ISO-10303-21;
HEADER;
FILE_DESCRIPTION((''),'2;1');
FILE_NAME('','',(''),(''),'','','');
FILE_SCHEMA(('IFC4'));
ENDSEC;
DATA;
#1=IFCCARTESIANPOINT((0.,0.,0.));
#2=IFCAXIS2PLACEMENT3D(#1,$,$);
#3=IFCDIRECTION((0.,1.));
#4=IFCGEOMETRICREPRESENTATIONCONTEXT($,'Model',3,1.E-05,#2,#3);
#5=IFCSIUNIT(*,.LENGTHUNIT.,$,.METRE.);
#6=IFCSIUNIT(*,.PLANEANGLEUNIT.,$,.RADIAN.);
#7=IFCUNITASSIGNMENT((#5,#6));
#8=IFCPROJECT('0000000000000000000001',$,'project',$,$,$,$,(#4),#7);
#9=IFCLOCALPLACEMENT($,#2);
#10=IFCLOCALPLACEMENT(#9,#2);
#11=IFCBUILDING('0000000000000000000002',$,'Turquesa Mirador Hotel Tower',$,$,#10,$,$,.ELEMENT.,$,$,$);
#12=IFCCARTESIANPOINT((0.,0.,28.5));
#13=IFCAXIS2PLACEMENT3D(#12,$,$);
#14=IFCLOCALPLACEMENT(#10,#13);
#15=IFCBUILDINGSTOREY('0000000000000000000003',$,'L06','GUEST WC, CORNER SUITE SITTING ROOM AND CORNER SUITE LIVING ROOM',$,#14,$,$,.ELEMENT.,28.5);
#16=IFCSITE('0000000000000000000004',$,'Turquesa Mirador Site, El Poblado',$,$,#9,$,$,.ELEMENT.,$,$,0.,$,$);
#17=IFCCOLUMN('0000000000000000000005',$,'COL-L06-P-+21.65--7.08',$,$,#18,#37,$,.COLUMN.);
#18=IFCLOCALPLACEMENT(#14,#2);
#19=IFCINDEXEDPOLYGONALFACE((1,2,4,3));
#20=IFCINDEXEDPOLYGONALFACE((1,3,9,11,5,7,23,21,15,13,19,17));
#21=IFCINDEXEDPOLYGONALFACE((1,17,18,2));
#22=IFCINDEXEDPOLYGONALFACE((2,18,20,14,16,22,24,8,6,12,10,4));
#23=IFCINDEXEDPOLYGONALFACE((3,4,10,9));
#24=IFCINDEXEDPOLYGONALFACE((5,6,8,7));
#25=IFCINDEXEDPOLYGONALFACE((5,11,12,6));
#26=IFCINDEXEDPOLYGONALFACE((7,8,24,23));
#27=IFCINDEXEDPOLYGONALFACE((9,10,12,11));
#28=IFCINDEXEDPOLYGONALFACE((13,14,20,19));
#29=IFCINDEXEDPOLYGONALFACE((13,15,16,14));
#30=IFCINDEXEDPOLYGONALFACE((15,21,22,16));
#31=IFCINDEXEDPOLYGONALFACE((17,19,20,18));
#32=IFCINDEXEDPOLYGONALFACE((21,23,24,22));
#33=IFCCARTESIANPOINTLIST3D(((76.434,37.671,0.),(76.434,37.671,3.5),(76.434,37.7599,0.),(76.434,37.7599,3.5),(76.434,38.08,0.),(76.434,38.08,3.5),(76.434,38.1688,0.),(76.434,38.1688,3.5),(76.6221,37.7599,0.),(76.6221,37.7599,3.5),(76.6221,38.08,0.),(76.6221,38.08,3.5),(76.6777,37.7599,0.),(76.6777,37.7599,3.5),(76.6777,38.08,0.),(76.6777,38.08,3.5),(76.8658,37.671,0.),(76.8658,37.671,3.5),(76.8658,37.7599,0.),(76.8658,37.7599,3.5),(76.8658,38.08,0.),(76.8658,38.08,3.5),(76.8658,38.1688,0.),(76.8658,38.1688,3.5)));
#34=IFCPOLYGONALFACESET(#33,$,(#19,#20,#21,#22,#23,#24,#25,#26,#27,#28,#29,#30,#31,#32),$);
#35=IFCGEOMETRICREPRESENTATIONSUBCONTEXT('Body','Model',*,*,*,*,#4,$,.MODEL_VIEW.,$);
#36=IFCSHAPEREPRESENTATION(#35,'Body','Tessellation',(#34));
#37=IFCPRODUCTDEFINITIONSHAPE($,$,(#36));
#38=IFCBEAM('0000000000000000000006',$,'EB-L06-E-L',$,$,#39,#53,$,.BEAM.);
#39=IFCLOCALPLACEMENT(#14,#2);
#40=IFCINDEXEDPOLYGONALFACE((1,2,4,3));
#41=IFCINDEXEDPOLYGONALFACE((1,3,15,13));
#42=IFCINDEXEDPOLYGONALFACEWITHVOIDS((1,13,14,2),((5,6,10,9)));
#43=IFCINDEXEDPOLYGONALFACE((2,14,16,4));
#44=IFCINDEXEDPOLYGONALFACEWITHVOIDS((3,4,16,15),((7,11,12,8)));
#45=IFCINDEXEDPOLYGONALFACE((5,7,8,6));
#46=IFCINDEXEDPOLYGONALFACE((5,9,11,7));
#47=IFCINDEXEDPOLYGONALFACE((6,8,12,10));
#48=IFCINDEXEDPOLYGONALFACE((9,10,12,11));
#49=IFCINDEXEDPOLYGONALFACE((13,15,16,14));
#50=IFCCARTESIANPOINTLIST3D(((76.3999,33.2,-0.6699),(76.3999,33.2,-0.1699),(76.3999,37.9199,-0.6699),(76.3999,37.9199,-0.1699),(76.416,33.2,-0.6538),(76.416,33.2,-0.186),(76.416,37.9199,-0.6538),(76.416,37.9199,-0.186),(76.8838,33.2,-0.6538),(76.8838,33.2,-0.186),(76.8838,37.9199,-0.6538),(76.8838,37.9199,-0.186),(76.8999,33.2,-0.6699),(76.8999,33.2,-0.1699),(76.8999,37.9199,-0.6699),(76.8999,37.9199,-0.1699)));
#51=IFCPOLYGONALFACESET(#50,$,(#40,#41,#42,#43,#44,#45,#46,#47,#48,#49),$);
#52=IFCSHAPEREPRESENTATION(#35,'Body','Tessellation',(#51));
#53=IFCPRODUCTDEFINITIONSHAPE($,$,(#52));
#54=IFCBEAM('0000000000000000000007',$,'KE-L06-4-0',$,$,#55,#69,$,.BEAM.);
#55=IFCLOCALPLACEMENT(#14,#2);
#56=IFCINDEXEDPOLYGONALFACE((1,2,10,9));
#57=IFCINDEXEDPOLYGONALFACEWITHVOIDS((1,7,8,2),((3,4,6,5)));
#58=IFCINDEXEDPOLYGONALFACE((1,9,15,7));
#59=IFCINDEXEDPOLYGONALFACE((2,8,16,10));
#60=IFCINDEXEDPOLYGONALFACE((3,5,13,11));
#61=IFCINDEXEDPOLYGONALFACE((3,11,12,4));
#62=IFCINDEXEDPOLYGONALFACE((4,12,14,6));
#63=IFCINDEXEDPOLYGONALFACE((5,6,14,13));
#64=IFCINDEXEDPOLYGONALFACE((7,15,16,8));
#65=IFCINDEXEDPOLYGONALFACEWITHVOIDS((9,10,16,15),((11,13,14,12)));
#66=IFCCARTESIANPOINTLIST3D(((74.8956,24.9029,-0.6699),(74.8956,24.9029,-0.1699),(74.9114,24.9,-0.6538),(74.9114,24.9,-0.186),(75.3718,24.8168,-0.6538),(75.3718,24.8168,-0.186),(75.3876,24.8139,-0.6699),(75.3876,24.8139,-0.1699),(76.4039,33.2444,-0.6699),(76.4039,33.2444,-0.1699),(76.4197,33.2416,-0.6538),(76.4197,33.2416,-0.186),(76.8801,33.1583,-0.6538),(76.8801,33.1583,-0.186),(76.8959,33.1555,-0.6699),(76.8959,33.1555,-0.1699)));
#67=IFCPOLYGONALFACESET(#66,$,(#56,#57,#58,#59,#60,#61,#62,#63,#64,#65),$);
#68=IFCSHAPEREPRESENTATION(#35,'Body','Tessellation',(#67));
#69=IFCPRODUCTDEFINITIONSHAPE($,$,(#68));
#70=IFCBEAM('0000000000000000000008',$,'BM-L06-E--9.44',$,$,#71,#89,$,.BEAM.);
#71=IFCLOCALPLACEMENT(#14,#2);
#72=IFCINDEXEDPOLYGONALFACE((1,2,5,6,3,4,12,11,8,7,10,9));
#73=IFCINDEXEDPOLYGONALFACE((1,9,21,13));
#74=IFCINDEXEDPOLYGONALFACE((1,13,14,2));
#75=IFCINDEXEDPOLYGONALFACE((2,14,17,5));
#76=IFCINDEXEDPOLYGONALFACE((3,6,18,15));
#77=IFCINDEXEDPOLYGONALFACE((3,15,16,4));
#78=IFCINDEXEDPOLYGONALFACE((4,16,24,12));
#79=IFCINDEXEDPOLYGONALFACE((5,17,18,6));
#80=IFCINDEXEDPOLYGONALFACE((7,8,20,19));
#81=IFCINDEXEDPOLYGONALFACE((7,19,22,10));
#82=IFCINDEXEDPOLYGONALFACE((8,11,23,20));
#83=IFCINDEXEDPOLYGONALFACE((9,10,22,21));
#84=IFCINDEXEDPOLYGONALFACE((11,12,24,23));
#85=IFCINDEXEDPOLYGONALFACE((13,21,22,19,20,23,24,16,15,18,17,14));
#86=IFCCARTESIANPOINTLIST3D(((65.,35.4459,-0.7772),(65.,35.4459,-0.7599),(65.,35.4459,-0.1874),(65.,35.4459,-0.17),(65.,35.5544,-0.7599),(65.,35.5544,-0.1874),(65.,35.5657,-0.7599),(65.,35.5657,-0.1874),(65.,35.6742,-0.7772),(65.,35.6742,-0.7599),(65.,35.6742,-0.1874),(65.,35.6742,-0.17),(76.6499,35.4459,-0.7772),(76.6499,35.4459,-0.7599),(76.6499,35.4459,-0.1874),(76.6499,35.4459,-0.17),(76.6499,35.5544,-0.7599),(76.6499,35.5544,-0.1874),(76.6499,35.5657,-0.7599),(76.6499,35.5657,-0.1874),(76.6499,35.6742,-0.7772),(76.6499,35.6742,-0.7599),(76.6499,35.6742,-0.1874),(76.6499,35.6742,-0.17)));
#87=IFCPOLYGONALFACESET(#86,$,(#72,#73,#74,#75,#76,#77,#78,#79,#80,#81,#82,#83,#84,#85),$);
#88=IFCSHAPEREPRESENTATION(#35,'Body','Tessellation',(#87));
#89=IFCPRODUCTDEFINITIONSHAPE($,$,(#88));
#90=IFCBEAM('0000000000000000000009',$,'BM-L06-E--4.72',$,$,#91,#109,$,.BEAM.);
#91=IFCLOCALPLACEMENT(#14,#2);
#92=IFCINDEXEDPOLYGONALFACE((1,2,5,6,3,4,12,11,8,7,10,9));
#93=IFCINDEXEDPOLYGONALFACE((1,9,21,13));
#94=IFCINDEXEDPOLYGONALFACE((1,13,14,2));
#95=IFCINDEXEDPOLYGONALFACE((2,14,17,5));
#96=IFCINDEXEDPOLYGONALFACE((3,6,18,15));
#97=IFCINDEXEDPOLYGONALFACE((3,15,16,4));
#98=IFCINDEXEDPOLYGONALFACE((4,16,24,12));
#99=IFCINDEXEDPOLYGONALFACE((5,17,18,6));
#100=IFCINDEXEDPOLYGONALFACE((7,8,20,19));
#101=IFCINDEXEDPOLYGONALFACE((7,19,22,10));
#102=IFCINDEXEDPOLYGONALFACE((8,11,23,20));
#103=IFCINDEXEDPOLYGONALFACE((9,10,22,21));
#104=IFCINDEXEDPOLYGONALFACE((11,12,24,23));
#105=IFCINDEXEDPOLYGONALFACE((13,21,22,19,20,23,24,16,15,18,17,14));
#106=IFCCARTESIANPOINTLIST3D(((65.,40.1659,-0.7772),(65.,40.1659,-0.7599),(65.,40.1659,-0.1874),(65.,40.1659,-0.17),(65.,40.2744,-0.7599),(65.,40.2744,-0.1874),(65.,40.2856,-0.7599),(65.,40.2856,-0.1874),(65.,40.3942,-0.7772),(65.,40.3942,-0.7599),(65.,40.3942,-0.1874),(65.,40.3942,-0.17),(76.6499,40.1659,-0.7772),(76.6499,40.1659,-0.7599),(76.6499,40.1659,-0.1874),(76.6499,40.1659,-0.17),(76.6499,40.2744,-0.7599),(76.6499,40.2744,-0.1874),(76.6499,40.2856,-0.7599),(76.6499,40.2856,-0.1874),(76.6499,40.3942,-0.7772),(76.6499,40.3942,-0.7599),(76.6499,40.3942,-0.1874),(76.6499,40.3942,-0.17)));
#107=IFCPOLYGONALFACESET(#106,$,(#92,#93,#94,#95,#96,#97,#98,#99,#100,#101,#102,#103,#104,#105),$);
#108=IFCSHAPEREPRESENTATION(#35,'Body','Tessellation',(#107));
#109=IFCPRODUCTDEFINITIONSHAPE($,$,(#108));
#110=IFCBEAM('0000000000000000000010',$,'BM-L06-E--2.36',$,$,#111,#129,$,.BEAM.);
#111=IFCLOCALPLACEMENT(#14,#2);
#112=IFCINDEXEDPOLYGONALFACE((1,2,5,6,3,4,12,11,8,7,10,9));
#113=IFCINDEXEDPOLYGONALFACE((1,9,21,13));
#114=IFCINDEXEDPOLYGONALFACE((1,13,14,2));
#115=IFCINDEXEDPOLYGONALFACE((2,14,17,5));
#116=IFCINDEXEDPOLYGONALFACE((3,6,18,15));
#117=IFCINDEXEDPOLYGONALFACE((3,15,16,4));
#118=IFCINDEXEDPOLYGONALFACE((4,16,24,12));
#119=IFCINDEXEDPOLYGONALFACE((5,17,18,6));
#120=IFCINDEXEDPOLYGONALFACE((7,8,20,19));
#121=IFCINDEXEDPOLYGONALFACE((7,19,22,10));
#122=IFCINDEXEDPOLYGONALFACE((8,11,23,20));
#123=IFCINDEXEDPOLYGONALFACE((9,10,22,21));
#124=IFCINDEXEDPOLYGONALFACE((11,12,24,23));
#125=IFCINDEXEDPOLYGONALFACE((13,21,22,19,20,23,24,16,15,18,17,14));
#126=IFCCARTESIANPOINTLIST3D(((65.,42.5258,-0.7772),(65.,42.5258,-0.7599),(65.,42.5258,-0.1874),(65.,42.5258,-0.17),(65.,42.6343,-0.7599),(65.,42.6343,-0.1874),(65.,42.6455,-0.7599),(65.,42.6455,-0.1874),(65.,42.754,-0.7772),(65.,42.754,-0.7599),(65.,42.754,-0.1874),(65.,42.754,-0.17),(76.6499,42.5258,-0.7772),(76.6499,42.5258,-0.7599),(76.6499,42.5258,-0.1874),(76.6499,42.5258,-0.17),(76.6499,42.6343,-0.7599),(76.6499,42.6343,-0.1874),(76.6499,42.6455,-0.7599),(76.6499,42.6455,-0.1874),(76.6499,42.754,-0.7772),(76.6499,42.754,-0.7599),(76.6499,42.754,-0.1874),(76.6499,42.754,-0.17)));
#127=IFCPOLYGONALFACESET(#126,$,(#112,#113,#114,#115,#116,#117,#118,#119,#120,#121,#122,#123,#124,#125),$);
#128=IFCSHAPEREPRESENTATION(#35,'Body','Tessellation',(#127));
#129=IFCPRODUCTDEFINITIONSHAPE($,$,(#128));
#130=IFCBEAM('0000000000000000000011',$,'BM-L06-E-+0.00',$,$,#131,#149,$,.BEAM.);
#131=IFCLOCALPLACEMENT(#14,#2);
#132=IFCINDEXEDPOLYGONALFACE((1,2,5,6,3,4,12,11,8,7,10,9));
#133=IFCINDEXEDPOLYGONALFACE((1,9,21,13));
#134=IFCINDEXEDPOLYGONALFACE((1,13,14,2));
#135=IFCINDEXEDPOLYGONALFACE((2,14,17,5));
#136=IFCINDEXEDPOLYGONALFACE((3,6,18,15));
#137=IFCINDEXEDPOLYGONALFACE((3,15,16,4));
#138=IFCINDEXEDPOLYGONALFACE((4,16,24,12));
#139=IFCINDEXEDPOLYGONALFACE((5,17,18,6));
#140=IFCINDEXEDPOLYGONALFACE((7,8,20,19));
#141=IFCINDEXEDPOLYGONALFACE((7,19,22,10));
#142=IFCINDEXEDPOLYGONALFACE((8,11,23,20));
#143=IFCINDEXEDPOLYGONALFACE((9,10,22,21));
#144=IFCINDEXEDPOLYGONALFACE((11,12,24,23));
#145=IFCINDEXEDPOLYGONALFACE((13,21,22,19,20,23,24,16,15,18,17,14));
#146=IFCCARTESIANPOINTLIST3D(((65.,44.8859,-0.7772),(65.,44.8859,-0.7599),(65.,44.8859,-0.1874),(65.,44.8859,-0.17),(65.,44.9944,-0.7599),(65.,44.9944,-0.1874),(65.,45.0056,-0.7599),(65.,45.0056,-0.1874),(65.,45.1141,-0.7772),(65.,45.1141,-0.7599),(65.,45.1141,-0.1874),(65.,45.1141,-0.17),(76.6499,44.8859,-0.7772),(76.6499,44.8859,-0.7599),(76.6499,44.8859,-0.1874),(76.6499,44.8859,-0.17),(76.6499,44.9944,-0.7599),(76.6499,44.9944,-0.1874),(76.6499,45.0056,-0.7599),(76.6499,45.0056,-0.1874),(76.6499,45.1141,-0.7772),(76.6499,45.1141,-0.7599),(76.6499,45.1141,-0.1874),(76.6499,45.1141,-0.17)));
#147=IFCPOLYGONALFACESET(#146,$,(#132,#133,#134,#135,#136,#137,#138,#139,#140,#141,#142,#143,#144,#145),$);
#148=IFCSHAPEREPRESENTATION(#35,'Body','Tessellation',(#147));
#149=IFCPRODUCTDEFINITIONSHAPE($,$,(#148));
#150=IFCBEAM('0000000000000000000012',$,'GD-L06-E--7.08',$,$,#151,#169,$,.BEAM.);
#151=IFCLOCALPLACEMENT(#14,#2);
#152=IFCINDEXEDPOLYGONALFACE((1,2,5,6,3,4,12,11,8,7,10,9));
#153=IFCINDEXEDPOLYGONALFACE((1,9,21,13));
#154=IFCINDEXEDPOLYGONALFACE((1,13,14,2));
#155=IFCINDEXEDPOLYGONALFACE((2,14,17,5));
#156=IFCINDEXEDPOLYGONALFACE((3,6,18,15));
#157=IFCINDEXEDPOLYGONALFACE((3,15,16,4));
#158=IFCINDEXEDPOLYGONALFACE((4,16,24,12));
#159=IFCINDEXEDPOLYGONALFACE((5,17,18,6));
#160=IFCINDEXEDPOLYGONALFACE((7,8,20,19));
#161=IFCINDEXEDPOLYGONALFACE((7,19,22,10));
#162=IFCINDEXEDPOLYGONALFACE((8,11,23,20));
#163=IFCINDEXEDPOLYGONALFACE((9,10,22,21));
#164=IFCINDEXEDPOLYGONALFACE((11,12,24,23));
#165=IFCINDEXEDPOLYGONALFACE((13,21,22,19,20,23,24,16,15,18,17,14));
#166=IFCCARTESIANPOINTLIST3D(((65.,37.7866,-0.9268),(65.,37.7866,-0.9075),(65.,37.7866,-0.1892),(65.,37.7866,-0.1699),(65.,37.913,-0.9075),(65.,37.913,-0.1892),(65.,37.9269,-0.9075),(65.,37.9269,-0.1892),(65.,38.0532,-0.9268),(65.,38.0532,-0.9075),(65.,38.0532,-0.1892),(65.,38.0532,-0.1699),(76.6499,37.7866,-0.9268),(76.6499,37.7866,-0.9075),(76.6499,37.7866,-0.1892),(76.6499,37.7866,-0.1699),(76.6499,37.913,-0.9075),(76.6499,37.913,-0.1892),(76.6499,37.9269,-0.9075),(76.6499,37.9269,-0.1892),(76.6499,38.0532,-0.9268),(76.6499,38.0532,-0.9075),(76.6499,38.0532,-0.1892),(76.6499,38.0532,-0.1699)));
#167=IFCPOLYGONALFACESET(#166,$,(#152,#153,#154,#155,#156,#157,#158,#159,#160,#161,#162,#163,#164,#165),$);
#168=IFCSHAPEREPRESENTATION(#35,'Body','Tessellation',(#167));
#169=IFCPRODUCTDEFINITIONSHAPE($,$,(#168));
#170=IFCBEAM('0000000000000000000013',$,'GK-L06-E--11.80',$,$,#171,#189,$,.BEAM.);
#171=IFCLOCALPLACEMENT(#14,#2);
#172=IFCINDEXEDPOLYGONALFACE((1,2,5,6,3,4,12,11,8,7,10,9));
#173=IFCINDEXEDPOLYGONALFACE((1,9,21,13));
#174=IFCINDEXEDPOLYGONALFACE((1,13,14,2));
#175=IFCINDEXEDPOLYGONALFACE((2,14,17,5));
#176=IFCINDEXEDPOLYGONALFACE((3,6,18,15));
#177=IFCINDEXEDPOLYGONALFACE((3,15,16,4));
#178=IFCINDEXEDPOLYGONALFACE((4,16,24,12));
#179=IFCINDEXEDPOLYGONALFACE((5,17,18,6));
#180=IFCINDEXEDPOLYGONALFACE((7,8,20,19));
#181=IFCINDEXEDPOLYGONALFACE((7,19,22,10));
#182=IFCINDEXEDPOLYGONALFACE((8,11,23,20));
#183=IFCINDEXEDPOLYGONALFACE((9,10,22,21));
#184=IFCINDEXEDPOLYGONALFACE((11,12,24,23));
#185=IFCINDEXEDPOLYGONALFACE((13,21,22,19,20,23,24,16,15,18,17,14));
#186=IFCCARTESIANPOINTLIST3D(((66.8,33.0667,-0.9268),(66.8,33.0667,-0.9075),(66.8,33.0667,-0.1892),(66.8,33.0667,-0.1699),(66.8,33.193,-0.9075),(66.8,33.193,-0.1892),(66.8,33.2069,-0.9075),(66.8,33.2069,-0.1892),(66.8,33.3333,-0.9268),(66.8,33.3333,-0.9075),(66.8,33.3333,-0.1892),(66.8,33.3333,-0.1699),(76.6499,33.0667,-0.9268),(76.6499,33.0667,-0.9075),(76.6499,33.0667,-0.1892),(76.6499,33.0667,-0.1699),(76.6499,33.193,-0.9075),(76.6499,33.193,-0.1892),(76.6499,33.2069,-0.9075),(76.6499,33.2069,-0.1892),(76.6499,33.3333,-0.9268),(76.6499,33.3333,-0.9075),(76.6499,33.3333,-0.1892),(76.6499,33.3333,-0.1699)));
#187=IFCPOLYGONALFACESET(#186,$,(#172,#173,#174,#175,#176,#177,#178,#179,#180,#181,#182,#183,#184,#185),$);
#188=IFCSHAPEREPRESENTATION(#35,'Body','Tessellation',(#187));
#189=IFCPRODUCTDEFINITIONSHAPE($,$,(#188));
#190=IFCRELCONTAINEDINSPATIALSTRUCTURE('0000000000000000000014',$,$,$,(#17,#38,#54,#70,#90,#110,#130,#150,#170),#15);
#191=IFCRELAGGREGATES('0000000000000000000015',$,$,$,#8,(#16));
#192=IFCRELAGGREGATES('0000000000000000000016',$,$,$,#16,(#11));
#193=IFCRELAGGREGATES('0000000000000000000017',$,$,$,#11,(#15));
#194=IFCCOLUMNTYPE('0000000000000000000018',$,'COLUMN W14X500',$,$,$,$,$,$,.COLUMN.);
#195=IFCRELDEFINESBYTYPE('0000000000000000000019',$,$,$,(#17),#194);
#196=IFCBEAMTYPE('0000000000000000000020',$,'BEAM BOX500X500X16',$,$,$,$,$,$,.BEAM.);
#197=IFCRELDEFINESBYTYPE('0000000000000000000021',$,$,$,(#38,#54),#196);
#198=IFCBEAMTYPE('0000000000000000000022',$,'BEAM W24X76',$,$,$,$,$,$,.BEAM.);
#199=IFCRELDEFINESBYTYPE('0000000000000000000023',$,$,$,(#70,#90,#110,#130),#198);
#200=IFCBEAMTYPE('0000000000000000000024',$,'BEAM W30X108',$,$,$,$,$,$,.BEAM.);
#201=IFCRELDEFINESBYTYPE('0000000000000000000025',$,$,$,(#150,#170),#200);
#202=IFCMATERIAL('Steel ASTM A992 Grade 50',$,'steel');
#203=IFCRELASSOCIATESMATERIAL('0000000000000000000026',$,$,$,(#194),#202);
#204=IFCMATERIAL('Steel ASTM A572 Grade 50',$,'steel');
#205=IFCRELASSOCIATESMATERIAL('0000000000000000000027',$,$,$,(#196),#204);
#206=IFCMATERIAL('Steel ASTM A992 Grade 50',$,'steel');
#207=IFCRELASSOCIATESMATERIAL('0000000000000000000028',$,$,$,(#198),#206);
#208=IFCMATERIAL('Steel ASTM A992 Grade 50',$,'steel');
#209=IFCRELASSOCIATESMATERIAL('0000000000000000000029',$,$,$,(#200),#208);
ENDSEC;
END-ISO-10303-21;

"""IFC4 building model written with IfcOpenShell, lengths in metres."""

from ifc_helpers import new_model, si_unit, direction, frame, origin, origin_2d, place, context, subcontext, project, spatial, hollow_rectangle, i_section, extrude, material, material_profile, profile_set, type_object, element, save


model = new_model("IFC4")

# Units and contexts
model_context = context("Model", 3, precision=1e-05, world=origin(), true_north=direction((0.0, 1.0)))
body_context = subcontext(model_context, "Body", "Model", "MODEL_VIEW")
ifc_project = project(units=[si_unit("LENGTHUNIT", "METRE"), si_unit("PLANEANGLEUNIT", "RADIAN")], contexts=[model_context])

# Site, building, storey
site_placement = place(None, origin())
site = spatial("IfcSite", under=ifc_project, at=site_placement, Name="Turquesa Mirador Site, El Poblado", CompositionType="ELEMENT", RefElevation=0.0)
building_placement = place(site_placement, origin())
building = spatial("IfcBuilding", under=site, at=building_placement, Name="Turquesa Mirador Hotel Tower", CompositionType="ELEMENT")
storey_placement = place(building_placement, frame((0.0, 0.0, 28.5)))
storey = spatial("IfcBuildingStorey", under=building, at=storey_placement, Name="L06", Description="GUEST WC, CORNER SUITE SITTING ROOM AND CORNER SUITE LIVING ROOM", CompositionType="ELEMENT", Elevation=28.5)

# Column
ifc_material_1 = material(Name="Steel ASTM A992 Grade 50", Category="steel")
ifc_material_profile_1 = material_profile(ifc_material_1, i_section(OverallWidth=0.4319, OverallDepth=0.4978, WebThickness=0.0557, FlangeThickness=0.0889, at=origin_2d()), Name="W14X500")
ifc_profile_set_1 = profile_set([ifc_material_profile_1], Name="Steel ASTM A992 Grade 50")
column_type = type_object("IfcColumnType", Name="COLUMN W14X500", PredefinedType="COLUMN", material=ifc_profile_set_1)
column_placement = place(storey_placement, frame((76.6499, 37.9199, 0.0), z_axis=(0.0, 0.0, 1.0), x_axis=(1.0, 0.0, 0.0)))
element("IfcColumn", 1, at=column_placement, inside=storey, type_object=column_type, Name="COL-L06-P-+21.65--7.08", PredefinedType="COLUMN", context=body_context, shape_type="SweptSolid", body=[
    extrude(i_section(OverallWidth=0.4319, OverallDepth=0.4978, WebThickness=0.0557, FlangeThickness=0.0889, at=origin_2d()), origin(), (0.0, 0.0, 1.0), 3.5),
])

# Beams
ifc_material_2 = material(Name="Steel ASTM A572 Grade 50", Category="steel")
ifc_material_profile_2 = material_profile(ifc_material_2, hollow_rectangle(XDim=0.5, YDim=0.5, WallThickness=0.0161, at=origin_2d()), Name="BOX500X500X16")
ifc_profile_set_2 = profile_set([ifc_material_profile_2], Name="Steel ASTM A572 Grade 50")
beam_type_1 = type_object("IfcBeamType", Name="BEAM BOX500X500X16", PredefinedType="BEAM", material=ifc_profile_set_2)
beam_1_placement = place(storey_placement, frame((76.6499, 33.2, -0.4199), z_axis=(0.0, 1.0, 0.0), x_axis=(-1.0, 0.0, 0.0)))
element("IfcBeam", 2, at=beam_1_placement, inside=storey, type_object=beam_type_1, Name="EB-L06-E-L", PredefinedType="BEAM", context=body_context, shape_type="SweptSolid", body=[
    extrude(hollow_rectangle(XDim=0.5, YDim=0.5, WallThickness=0.0161, at=origin_2d()), origin(), (0.0, 0.0, 1.0), 4.72),
])
beam_2_placement = place(storey_placement, frame((76.6499, 33.2, -0.4199), z_axis=(-0.177932, -0.984043, 0.0), x_axis=(0.984043, -0.177932, 0.0)))
element("IfcBeam", 3, at=beam_2_placement, inside=storey, type_object=beam_type_1, Name="KE-L06-4-0", PredefinedType="BEAM", context=body_context, shape_type="SweptSolid", body=[
    extrude(hollow_rectangle(XDim=0.5, YDim=0.5, WallThickness=0.0161, at=origin_2d()), origin(), (0.0, 0.0, 1.0), 8.4768),
])
ifc_material_3 = material(Name="Steel ASTM A992 Grade 50", Category="steel")
ifc_material_profile_3 = material_profile(ifc_material_3, i_section(OverallWidth=0.2283, OverallDepth=0.6072, WebThickness=0.0112, FlangeThickness=0.0173, at=origin_2d()), Name="W24X76")
ifc_profile_set_3 = profile_set([ifc_material_profile_3], Name="Steel ASTM A992 Grade 50")
beam_type_2 = type_object("IfcBeamType", Name="BEAM W24X76", PredefinedType="BEAM", material=ifc_profile_set_3)
for number, where, z_axis, x_axis, name in (
    (4, (76.6499, 35.5601, -0.4736), (-1.0, 0.0, 0.0), (0.0, -1.0, 0.0), "BM-L06-E--9.44"),
    (5, (76.6499, 40.28, -0.4736), (-1.0, 0.0, 0.0), (0.0, -1.0, 0.0), "BM-L06-E--4.72"),
    (6, (76.6499, 42.6399, -0.4736), (-1.0, 0.0, 0.0), (0.0, -1.0, 0.0), "BM-L06-E--2.36"),
    (7, (76.6499, 45.0, -0.4736), (-1.0, 0.0, 0.0), (0.0, -1.0, 0.0), "BM-L06-E-+0.00"),
):
    element("IfcBeam", number, at=place(storey_placement, frame(where, z_axis=z_axis, x_axis=x_axis)), inside=storey, type_object=beam_type_2, Name=name, PredefinedType="BEAM", context=body_context, shape_type="SweptSolid", body=[
        extrude(i_section(OverallWidth=0.2283, OverallDepth=0.6072, WebThickness=0.0112, FlangeThickness=0.0173, at=origin_2d()), origin(), (0.0, 0.0, 1.0), 11.6499),
    ])
ifc_material_4 = material(Name="Steel ASTM A992 Grade 50", Category="steel")
ifc_material_profile_4 = material_profile(ifc_material_4, i_section(OverallWidth=0.2666, OverallDepth=0.7568, WebThickness=0.0139, FlangeThickness=0.0193, at=origin_2d()), Name="W30X108")
ifc_profile_set_4 = profile_set([ifc_material_profile_4], Name="Steel ASTM A992 Grade 50")
beam_type_3 = type_object("IfcBeamType", Name="BEAM W30X108", PredefinedType="BEAM", material=ifc_profile_set_4)
beam_3_placement = place(storey_placement, frame((76.6499, 37.9199, -0.5483), z_axis=(-1.0, 0.0, 0.0), x_axis=(0.0, -1.0, 0.0)))
element("IfcBeam", 8, at=beam_3_placement, inside=storey, type_object=beam_type_3, Name="GD-L06-E--7.08", PredefinedType="BEAM", context=body_context, shape_type="SweptSolid", body=[
    extrude(i_section(OverallWidth=0.2666, OverallDepth=0.7568, WebThickness=0.0139, FlangeThickness=0.0193, at=origin_2d()), origin(), (0.0, 0.0, 1.0), 11.6499),
])
beam_4_placement = place(storey_placement, frame((76.6499, 33.2, -0.5483), z_axis=(-1.0, 0.0, 0.0), x_axis=(0.0, -1.0, 0.0)))
element("IfcBeam", 9, at=beam_4_placement, inside=storey, type_object=beam_type_3, Name="GK-L06-E--11.80", PredefinedType="BEAM", context=body_context, shape_type="SweptSolid", body=[
    extrude(i_section(OverallWidth=0.2666, OverallDepth=0.7568, WebThickness=0.0139, FlangeThickness=0.0193, at=origin_2d()), origin(), (0.0, 0.0, 1.0), 9.8499),
])

save(model, "model.ifc")
